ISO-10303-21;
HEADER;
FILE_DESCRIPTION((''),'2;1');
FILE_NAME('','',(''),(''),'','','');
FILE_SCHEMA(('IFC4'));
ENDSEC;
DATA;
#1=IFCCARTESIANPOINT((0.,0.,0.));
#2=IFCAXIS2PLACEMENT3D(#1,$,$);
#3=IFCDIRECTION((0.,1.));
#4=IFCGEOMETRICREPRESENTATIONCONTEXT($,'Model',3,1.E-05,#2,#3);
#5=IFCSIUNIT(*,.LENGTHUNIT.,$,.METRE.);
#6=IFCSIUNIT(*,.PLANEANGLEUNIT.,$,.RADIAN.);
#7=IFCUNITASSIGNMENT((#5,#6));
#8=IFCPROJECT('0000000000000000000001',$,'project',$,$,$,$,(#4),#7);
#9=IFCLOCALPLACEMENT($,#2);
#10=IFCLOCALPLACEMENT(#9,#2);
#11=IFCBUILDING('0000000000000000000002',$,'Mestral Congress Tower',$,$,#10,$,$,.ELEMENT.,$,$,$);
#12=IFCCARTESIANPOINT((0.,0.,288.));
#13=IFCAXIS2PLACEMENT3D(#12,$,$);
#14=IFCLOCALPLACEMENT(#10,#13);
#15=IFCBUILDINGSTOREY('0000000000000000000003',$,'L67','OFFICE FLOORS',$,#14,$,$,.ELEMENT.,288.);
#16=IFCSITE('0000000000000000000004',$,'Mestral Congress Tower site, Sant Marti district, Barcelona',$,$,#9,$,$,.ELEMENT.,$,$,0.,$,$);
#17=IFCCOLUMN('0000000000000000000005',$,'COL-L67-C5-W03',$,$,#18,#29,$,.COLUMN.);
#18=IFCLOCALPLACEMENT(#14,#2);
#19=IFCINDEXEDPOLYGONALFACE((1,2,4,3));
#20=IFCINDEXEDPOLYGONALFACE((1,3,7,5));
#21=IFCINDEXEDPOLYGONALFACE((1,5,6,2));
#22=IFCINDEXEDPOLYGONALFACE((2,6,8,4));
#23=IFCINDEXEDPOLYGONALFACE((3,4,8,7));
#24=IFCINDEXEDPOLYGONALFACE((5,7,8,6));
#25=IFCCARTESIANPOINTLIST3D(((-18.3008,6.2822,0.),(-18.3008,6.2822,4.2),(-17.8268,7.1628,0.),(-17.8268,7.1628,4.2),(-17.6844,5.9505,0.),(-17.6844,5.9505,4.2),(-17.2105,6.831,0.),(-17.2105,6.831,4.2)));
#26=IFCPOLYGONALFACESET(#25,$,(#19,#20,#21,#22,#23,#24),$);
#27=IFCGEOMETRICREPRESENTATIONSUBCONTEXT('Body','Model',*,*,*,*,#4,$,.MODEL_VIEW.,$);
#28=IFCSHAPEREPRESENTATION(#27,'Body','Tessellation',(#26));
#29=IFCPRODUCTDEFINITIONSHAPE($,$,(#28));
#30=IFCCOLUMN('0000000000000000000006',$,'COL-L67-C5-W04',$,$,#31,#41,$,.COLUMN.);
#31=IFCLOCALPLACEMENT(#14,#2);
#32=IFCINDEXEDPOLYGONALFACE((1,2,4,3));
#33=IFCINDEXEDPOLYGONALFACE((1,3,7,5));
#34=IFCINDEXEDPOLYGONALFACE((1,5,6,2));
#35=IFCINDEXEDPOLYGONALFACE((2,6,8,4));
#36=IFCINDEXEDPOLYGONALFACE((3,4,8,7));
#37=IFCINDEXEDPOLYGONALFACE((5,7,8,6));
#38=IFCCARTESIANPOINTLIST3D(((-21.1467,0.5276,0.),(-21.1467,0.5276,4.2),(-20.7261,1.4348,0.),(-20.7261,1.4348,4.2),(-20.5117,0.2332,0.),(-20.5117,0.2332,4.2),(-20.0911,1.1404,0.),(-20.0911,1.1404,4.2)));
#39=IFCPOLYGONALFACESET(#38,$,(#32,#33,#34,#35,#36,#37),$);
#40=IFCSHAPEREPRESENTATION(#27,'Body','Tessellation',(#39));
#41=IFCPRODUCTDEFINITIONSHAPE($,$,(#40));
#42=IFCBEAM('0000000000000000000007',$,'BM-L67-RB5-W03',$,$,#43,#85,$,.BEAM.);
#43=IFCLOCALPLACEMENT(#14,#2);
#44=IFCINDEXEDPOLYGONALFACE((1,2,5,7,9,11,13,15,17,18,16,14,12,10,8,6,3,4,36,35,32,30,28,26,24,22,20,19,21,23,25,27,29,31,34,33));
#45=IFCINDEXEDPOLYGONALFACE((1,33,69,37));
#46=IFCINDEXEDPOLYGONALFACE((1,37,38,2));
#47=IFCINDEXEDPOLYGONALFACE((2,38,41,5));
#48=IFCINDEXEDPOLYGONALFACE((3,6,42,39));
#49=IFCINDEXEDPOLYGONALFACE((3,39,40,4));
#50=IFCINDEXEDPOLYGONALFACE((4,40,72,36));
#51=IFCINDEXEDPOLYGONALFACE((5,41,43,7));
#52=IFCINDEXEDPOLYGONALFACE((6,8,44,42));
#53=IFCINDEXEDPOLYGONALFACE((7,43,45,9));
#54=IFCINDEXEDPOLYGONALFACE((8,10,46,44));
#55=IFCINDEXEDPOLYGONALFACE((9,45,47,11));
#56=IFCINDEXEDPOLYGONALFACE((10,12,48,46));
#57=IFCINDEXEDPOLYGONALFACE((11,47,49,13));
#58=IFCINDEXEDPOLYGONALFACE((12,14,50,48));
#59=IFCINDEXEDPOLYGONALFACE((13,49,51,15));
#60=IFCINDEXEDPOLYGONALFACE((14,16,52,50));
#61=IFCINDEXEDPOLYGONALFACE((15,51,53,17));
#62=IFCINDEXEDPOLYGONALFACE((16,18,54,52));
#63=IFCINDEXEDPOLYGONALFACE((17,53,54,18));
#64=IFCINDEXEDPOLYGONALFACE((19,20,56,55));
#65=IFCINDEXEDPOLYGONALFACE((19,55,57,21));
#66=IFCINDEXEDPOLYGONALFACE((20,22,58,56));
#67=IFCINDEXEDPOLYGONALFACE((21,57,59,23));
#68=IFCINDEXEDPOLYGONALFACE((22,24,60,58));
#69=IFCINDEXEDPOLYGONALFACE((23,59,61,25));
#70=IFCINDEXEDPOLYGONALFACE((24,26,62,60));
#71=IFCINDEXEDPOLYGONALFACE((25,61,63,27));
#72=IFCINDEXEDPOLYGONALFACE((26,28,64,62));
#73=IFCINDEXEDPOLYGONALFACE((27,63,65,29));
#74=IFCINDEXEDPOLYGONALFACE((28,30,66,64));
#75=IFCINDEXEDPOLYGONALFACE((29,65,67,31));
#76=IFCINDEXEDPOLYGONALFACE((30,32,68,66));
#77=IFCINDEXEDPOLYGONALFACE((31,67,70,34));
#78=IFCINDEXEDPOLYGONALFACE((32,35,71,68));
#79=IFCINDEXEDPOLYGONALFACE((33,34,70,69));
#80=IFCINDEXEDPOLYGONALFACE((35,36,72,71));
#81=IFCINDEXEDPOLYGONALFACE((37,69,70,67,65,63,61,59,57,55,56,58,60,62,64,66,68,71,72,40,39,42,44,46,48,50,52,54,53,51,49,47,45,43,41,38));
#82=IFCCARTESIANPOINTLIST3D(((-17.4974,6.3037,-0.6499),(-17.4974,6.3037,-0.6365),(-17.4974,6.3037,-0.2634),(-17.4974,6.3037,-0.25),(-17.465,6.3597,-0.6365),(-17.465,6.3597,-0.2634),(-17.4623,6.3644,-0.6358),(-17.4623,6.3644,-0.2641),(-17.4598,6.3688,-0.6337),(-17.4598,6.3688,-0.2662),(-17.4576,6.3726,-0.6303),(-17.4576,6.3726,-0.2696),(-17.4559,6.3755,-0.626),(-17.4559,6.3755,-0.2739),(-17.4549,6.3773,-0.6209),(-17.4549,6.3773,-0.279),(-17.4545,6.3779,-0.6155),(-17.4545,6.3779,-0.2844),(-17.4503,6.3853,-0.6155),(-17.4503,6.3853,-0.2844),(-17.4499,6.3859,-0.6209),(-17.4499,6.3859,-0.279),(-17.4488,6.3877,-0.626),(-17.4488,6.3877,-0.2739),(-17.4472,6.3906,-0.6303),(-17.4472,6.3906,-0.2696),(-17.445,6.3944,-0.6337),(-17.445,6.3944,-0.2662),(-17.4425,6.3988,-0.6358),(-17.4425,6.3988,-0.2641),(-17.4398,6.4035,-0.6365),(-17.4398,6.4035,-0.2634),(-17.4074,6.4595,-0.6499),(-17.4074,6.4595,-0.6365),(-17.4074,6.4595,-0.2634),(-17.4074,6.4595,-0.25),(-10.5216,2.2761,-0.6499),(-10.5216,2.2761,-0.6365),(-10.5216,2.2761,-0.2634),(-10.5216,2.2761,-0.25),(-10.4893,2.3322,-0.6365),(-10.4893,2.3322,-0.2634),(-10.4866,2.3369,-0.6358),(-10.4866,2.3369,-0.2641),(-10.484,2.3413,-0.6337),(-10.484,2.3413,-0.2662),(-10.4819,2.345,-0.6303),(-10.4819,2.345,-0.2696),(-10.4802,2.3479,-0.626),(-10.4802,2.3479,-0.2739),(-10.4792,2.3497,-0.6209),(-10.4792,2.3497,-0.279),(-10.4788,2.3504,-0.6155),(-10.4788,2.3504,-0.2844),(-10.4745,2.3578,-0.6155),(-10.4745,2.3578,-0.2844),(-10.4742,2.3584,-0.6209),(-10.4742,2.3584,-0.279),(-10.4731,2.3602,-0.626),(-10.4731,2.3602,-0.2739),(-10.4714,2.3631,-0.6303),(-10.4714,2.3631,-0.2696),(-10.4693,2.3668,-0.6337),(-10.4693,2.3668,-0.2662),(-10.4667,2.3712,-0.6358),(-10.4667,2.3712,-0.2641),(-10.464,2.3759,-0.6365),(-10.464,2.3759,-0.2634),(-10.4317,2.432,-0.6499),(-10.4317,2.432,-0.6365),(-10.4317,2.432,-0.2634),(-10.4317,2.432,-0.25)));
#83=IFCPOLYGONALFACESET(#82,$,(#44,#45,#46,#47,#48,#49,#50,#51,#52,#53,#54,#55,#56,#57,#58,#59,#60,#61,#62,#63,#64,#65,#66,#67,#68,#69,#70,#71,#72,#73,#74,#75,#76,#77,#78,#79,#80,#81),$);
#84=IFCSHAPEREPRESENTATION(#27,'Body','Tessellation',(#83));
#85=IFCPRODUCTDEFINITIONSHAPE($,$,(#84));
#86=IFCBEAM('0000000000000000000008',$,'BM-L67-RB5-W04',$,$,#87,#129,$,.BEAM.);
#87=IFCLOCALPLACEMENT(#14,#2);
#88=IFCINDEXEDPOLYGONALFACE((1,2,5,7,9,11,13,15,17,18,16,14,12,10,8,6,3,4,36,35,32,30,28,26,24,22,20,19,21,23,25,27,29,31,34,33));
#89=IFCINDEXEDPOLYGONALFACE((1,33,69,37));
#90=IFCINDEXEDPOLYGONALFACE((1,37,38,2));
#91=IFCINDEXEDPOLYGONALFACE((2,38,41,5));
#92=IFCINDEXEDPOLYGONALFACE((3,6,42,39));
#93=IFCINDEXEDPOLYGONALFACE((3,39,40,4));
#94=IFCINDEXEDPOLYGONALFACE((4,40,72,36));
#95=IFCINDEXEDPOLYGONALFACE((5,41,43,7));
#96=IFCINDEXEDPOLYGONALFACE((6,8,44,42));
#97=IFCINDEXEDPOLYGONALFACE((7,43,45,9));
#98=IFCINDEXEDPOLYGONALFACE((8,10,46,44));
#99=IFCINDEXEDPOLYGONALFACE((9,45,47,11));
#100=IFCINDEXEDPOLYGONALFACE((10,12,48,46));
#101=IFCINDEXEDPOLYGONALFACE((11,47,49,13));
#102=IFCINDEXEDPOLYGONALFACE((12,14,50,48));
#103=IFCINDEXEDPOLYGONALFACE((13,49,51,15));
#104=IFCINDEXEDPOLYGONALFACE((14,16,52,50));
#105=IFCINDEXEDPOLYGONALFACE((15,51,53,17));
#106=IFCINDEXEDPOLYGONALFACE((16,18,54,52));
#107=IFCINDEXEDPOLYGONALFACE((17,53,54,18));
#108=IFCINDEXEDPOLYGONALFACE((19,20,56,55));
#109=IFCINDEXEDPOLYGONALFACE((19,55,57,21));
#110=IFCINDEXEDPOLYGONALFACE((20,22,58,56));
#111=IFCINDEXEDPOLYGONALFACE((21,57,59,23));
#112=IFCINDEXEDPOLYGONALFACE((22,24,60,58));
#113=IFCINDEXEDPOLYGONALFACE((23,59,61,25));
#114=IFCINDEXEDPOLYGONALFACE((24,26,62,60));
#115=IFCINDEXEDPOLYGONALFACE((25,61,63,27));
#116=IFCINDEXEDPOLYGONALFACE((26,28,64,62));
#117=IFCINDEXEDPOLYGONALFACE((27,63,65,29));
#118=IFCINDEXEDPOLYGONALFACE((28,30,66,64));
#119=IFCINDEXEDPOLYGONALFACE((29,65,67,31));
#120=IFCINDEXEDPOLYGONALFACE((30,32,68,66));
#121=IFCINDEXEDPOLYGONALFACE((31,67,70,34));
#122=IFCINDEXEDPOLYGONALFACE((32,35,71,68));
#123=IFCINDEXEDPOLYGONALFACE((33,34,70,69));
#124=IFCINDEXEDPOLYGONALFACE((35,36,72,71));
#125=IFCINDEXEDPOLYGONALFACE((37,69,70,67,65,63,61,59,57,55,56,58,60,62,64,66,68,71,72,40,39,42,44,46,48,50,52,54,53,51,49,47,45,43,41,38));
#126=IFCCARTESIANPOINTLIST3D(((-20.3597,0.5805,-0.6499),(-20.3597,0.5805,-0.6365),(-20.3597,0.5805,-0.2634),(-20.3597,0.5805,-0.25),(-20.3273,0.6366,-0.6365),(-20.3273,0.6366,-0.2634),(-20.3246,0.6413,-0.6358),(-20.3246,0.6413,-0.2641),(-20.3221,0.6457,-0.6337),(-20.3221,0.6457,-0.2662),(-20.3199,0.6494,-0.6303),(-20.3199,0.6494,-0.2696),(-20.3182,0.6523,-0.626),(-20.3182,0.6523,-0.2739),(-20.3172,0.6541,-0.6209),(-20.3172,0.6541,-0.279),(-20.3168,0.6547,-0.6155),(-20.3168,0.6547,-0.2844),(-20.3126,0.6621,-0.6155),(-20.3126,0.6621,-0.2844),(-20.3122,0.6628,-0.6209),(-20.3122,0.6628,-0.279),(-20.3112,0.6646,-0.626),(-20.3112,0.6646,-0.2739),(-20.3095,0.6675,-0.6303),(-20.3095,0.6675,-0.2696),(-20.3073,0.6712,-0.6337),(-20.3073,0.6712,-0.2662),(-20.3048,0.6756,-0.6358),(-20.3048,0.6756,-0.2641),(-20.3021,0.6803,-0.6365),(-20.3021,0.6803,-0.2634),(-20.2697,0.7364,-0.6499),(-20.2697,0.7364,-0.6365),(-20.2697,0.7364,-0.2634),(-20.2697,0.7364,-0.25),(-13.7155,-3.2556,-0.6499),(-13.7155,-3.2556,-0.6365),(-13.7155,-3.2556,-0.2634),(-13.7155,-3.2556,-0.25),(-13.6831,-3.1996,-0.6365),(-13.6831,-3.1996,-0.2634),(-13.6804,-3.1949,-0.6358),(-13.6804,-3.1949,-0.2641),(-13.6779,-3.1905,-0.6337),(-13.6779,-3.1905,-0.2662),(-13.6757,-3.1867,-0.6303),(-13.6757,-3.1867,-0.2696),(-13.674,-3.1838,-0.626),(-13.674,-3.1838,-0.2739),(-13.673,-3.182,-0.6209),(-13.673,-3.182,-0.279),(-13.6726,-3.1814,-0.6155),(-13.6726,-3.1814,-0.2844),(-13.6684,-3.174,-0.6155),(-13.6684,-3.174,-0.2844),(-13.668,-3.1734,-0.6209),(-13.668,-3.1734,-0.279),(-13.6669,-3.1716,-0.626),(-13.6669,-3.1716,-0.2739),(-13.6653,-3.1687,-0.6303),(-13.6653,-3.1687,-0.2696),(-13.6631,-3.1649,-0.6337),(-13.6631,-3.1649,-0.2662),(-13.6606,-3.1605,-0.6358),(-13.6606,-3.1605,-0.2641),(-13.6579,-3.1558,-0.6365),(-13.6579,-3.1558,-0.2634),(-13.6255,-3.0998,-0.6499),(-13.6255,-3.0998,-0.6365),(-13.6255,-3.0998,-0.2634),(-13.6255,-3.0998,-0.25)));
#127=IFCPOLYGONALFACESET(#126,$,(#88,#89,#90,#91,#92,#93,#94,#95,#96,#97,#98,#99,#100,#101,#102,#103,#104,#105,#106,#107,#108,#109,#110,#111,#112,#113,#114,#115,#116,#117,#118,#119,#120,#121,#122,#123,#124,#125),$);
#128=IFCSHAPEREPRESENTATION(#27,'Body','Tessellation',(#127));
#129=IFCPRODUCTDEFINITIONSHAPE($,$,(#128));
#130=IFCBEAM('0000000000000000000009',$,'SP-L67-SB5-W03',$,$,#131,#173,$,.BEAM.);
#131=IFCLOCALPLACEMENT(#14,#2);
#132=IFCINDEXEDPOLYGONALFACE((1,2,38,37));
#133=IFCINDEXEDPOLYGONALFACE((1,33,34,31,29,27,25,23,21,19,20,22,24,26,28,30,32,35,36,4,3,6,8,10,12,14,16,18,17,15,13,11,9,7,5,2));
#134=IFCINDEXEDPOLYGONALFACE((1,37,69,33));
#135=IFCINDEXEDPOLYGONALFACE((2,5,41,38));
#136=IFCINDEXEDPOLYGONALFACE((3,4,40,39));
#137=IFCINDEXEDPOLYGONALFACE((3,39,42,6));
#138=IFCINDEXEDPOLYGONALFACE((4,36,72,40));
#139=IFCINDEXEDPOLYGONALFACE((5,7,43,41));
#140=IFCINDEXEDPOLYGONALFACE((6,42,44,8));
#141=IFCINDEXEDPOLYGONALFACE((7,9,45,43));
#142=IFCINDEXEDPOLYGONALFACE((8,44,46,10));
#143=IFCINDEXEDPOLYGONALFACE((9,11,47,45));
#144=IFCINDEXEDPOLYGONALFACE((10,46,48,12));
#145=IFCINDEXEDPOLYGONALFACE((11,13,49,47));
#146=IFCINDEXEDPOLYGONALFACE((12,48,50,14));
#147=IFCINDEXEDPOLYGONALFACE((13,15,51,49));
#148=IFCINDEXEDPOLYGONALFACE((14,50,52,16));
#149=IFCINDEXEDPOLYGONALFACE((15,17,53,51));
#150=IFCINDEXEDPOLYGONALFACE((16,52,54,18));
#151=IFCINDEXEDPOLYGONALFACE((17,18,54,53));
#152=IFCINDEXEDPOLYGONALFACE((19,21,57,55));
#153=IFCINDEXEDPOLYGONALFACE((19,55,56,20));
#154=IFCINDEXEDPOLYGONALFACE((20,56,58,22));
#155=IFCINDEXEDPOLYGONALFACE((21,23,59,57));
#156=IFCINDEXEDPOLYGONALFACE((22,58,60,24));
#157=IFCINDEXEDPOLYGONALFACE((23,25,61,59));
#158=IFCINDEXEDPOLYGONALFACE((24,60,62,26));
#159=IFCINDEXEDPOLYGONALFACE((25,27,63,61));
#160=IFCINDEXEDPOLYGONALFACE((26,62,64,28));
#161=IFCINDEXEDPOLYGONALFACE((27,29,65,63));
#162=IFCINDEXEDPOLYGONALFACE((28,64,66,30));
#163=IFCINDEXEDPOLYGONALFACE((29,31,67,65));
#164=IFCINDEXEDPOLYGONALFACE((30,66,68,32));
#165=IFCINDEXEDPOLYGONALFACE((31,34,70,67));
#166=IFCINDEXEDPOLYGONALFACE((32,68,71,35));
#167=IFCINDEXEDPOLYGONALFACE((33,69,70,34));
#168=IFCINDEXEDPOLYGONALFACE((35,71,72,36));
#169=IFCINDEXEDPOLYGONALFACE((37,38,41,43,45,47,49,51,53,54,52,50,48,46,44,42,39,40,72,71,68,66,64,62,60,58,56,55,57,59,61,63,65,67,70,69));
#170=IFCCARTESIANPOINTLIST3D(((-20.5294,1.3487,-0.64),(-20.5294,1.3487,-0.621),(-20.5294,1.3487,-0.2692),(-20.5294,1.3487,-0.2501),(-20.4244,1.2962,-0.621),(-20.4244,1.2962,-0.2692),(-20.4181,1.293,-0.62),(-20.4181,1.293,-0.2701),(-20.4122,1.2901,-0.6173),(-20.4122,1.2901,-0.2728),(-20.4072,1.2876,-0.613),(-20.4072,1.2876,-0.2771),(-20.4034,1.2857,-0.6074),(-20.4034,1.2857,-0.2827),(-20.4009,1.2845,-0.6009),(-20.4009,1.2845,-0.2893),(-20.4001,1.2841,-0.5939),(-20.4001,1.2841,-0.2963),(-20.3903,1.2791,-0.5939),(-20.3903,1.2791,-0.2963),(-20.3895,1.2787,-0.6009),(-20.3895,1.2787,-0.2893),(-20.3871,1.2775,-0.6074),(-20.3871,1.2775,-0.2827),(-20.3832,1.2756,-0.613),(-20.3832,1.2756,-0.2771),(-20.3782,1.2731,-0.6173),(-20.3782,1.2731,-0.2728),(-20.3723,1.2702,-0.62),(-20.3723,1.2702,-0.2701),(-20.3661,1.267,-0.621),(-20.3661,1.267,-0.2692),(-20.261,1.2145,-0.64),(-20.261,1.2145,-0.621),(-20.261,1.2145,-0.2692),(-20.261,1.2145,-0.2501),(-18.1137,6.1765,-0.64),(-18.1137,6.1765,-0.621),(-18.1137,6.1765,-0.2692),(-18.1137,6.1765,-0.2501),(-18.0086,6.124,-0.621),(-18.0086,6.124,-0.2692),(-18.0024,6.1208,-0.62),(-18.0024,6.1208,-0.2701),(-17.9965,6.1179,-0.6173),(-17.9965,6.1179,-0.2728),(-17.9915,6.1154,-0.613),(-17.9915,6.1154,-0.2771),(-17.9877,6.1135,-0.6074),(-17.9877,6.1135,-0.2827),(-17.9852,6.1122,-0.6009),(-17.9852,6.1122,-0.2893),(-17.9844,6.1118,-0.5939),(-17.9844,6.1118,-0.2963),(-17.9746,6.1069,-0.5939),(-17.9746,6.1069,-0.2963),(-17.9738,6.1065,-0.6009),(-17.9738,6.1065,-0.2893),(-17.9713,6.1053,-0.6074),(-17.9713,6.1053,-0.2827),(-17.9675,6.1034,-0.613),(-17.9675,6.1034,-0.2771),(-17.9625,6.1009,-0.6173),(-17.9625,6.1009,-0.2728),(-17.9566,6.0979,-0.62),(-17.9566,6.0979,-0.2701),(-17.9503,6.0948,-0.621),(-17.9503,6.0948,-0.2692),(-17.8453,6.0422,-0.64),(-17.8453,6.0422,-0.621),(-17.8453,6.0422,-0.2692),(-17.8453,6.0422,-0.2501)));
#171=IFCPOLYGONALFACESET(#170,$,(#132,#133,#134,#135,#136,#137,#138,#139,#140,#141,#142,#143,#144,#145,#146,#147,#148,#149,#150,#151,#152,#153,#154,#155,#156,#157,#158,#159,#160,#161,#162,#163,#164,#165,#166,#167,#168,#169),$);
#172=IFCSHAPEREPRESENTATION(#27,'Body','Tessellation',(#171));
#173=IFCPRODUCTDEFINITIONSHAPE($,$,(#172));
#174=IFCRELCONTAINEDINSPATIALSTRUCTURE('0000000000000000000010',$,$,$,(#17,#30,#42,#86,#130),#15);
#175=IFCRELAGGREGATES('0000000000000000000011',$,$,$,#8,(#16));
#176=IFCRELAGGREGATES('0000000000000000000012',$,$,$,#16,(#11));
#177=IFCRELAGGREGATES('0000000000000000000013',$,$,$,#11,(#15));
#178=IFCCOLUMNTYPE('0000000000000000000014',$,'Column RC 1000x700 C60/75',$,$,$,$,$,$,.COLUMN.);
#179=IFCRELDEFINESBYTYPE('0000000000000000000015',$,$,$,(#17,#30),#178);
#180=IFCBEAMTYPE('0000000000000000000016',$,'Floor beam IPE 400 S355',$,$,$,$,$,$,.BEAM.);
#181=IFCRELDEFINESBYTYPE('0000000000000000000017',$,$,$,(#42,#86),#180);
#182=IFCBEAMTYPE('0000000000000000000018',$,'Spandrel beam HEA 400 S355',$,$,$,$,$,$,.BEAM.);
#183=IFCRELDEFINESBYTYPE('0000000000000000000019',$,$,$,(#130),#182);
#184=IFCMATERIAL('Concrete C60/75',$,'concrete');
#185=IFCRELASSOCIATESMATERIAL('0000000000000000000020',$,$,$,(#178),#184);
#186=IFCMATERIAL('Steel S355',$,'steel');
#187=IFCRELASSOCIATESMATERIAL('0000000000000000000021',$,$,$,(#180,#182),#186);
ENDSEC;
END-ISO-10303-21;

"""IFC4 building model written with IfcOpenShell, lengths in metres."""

from ifc_helpers import new_model, si_unit, direction, frame, origin, origin_2d, place, context, subcontext, project, spatial, rectangle, i_section, extrude, material, material_profile, profile_set, type_object, element, save


model = new_model("IFC4")

# Units and contexts
model_context = context("Model", 3, precision=1e-05, world=origin(), true_north=direction((0.0, 1.0)))
body_context = subcontext(model_context, "Body", "Model", "MODEL_VIEW")
ifc_project = project(units=[si_unit("LENGTHUNIT", "METRE"), si_unit("PLANEANGLEUNIT", "RADIAN")], contexts=[model_context])

# Site, building, storey
site_placement = place(None, origin())
site = spatial("IfcSite", under=ifc_project, at=site_placement, Name="Mestral Congress Tower site, Sant Marti district, Barcelona", CompositionType="ELEMENT", RefElevation=0.0)
building_placement = place(site_placement, origin())
building = spatial("IfcBuilding", under=site, at=building_placement, Name="Mestral Congress Tower", CompositionType="ELEMENT")
storey_placement = place(building_placement, frame((0.0, 0.0, 288.0)))
storey = spatial("IfcBuildingStorey", under=building, at=storey_placement, Name="L67", Description="OFFICE FLOORS", CompositionType="ELEMENT", Elevation=288.0)

# Columns
ifc_material_1 = material(Name="Concrete C60/75", Category="concrete")
ifc_material_profile_1 = material_profile(ifc_material_1, rectangle(XDim=1.0, YDim=0.7, at=origin_2d()), Name="RC 1000x700")
ifc_profile_set_1 = profile_set([ifc_material_profile_1], Name="Concrete C60/75")
column_type = type_object("IfcColumnType", Name="Column RC 1000x700 C60/75", PredefinedType="COLUMN", material=ifc_profile_set_1)
for number, where, z_axis, x_axis, name in (
    (1, (-17.7556, 6.5566, 0.0), (0.0, 0.0, 1.0), (-0.473945, -0.880554, 0.0), "COL-L67-C5-W03"),
    (2, (-20.6189, 0.834, 0.0), (0.0, 0.0, 1.0), (-0.420596, -0.907248, 0.0), "COL-L67-C5-W04"),
):
    element("IfcColumn", number, at=place(storey_placement, frame(where, z_axis=z_axis, x_axis=x_axis)), inside=storey, type_object=column_type, Name=name, PredefinedType="COLUMN", context=body_context, shape_type="SweptSolid", body=[
        extrude(rectangle(XDim=1.0, YDim=0.7, at=origin_2d()), origin(), (0.0, 0.0, 1.0), 4.2),
    ])

# Beams
ifc_material_2 = material(Name="Steel S355", Category="steel")
ifc_material_profile_2 = material_profile(ifc_material_2, i_section(OverallWidth=0.1799, OverallDepth=0.3999, WebThickness=0.0085, FlangeThickness=0.0134, FilletRadius=0.021, at=origin_2d()), Name="IPE 400")
ifc_profile_set_2 = profile_set([ifc_material_profile_2], Name="Steel S355")
beam_type_1 = type_object("IfcBeamType", Name="Floor beam IPE 400 S355", PredefinedType="BEAM", material=ifc_profile_set_2)
beam_1_placement = place(storey_placement, frame((-17.4524, 6.3816, -0.45), z_axis=(0.866021, -0.500008, 0.0), x_axis=(0.500008, 0.866021, 0.0)))
element("IfcBeam", 3, at=beam_1_placement, inside=storey, type_object=beam_type_1, Name="BM-L67-RB5-W03", PredefinedType="BEAM", context=body_context, shape_type="SweptSolid", body=[
    extrude(i_section(OverallWidth=0.1799, OverallDepth=0.3999, WebThickness=0.0085, FlangeThickness=0.0134, FilletRadius=0.021, at=origin_2d()), origin(), (0.0, 0.0, 1.0), 8.0549),
])
beam_2_placement = place(storey_placement, frame((-20.3147, 0.6584, -0.45), z_axis=(0.86602, -0.50001, 0.0), x_axis=(0.50001, 0.86602, 0.0)))
element("IfcBeam", 4, at=beam_2_placement, inside=storey, type_object=beam_type_1, Name="BM-L67-RB5-W04", PredefinedType="BEAM", context=body_context, shape_type="SweptSolid", body=[
    extrude(i_section(OverallWidth=0.1799, OverallDepth=0.3999, WebThickness=0.0085, FlangeThickness=0.0134, FilletRadius=0.021, at=origin_2d()), origin(), (0.0, 0.0, 1.0), 7.6721),
])
ifc_material_profile_3 = material_profile(ifc_material_2, i_section(OverallWidth=0.3, OverallDepth=0.3899, WebThickness=0.011, FlangeThickness=0.019, FilletRadius=0.0271, at=origin_2d()), Name="HEA 400")
ifc_profile_set_3 = profile_set([ifc_material_profile_3], Name="Steel S355")
beam_type_2 = type_object("IfcBeamType", Name="Spandrel beam HEA 400 S355", PredefinedType="BEAM", material=ifc_profile_set_3)
beam_3_placement = place(storey_placement, frame((-17.9795, 6.1094, -0.4451), z_axis=(-0.447485, -0.894291, 0.0), x_axis=(0.894291, -0.447485, 0.0)))
element("IfcBeam", 5, at=beam_3_placement, inside=storey, type_object=beam_type_2, Name="SP-L67-SB5-W03", PredefinedType="BEAM", context=body_context, shape_type="SweptSolid", body=[
    extrude(i_section(OverallWidth=0.3, OverallDepth=0.3899, WebThickness=0.011, FlangeThickness=0.019, FilletRadius=0.0271, at=origin_2d()), origin(), (0.0, 0.0, 1.0), 5.3984),
])

save(model, "model.ifc")
